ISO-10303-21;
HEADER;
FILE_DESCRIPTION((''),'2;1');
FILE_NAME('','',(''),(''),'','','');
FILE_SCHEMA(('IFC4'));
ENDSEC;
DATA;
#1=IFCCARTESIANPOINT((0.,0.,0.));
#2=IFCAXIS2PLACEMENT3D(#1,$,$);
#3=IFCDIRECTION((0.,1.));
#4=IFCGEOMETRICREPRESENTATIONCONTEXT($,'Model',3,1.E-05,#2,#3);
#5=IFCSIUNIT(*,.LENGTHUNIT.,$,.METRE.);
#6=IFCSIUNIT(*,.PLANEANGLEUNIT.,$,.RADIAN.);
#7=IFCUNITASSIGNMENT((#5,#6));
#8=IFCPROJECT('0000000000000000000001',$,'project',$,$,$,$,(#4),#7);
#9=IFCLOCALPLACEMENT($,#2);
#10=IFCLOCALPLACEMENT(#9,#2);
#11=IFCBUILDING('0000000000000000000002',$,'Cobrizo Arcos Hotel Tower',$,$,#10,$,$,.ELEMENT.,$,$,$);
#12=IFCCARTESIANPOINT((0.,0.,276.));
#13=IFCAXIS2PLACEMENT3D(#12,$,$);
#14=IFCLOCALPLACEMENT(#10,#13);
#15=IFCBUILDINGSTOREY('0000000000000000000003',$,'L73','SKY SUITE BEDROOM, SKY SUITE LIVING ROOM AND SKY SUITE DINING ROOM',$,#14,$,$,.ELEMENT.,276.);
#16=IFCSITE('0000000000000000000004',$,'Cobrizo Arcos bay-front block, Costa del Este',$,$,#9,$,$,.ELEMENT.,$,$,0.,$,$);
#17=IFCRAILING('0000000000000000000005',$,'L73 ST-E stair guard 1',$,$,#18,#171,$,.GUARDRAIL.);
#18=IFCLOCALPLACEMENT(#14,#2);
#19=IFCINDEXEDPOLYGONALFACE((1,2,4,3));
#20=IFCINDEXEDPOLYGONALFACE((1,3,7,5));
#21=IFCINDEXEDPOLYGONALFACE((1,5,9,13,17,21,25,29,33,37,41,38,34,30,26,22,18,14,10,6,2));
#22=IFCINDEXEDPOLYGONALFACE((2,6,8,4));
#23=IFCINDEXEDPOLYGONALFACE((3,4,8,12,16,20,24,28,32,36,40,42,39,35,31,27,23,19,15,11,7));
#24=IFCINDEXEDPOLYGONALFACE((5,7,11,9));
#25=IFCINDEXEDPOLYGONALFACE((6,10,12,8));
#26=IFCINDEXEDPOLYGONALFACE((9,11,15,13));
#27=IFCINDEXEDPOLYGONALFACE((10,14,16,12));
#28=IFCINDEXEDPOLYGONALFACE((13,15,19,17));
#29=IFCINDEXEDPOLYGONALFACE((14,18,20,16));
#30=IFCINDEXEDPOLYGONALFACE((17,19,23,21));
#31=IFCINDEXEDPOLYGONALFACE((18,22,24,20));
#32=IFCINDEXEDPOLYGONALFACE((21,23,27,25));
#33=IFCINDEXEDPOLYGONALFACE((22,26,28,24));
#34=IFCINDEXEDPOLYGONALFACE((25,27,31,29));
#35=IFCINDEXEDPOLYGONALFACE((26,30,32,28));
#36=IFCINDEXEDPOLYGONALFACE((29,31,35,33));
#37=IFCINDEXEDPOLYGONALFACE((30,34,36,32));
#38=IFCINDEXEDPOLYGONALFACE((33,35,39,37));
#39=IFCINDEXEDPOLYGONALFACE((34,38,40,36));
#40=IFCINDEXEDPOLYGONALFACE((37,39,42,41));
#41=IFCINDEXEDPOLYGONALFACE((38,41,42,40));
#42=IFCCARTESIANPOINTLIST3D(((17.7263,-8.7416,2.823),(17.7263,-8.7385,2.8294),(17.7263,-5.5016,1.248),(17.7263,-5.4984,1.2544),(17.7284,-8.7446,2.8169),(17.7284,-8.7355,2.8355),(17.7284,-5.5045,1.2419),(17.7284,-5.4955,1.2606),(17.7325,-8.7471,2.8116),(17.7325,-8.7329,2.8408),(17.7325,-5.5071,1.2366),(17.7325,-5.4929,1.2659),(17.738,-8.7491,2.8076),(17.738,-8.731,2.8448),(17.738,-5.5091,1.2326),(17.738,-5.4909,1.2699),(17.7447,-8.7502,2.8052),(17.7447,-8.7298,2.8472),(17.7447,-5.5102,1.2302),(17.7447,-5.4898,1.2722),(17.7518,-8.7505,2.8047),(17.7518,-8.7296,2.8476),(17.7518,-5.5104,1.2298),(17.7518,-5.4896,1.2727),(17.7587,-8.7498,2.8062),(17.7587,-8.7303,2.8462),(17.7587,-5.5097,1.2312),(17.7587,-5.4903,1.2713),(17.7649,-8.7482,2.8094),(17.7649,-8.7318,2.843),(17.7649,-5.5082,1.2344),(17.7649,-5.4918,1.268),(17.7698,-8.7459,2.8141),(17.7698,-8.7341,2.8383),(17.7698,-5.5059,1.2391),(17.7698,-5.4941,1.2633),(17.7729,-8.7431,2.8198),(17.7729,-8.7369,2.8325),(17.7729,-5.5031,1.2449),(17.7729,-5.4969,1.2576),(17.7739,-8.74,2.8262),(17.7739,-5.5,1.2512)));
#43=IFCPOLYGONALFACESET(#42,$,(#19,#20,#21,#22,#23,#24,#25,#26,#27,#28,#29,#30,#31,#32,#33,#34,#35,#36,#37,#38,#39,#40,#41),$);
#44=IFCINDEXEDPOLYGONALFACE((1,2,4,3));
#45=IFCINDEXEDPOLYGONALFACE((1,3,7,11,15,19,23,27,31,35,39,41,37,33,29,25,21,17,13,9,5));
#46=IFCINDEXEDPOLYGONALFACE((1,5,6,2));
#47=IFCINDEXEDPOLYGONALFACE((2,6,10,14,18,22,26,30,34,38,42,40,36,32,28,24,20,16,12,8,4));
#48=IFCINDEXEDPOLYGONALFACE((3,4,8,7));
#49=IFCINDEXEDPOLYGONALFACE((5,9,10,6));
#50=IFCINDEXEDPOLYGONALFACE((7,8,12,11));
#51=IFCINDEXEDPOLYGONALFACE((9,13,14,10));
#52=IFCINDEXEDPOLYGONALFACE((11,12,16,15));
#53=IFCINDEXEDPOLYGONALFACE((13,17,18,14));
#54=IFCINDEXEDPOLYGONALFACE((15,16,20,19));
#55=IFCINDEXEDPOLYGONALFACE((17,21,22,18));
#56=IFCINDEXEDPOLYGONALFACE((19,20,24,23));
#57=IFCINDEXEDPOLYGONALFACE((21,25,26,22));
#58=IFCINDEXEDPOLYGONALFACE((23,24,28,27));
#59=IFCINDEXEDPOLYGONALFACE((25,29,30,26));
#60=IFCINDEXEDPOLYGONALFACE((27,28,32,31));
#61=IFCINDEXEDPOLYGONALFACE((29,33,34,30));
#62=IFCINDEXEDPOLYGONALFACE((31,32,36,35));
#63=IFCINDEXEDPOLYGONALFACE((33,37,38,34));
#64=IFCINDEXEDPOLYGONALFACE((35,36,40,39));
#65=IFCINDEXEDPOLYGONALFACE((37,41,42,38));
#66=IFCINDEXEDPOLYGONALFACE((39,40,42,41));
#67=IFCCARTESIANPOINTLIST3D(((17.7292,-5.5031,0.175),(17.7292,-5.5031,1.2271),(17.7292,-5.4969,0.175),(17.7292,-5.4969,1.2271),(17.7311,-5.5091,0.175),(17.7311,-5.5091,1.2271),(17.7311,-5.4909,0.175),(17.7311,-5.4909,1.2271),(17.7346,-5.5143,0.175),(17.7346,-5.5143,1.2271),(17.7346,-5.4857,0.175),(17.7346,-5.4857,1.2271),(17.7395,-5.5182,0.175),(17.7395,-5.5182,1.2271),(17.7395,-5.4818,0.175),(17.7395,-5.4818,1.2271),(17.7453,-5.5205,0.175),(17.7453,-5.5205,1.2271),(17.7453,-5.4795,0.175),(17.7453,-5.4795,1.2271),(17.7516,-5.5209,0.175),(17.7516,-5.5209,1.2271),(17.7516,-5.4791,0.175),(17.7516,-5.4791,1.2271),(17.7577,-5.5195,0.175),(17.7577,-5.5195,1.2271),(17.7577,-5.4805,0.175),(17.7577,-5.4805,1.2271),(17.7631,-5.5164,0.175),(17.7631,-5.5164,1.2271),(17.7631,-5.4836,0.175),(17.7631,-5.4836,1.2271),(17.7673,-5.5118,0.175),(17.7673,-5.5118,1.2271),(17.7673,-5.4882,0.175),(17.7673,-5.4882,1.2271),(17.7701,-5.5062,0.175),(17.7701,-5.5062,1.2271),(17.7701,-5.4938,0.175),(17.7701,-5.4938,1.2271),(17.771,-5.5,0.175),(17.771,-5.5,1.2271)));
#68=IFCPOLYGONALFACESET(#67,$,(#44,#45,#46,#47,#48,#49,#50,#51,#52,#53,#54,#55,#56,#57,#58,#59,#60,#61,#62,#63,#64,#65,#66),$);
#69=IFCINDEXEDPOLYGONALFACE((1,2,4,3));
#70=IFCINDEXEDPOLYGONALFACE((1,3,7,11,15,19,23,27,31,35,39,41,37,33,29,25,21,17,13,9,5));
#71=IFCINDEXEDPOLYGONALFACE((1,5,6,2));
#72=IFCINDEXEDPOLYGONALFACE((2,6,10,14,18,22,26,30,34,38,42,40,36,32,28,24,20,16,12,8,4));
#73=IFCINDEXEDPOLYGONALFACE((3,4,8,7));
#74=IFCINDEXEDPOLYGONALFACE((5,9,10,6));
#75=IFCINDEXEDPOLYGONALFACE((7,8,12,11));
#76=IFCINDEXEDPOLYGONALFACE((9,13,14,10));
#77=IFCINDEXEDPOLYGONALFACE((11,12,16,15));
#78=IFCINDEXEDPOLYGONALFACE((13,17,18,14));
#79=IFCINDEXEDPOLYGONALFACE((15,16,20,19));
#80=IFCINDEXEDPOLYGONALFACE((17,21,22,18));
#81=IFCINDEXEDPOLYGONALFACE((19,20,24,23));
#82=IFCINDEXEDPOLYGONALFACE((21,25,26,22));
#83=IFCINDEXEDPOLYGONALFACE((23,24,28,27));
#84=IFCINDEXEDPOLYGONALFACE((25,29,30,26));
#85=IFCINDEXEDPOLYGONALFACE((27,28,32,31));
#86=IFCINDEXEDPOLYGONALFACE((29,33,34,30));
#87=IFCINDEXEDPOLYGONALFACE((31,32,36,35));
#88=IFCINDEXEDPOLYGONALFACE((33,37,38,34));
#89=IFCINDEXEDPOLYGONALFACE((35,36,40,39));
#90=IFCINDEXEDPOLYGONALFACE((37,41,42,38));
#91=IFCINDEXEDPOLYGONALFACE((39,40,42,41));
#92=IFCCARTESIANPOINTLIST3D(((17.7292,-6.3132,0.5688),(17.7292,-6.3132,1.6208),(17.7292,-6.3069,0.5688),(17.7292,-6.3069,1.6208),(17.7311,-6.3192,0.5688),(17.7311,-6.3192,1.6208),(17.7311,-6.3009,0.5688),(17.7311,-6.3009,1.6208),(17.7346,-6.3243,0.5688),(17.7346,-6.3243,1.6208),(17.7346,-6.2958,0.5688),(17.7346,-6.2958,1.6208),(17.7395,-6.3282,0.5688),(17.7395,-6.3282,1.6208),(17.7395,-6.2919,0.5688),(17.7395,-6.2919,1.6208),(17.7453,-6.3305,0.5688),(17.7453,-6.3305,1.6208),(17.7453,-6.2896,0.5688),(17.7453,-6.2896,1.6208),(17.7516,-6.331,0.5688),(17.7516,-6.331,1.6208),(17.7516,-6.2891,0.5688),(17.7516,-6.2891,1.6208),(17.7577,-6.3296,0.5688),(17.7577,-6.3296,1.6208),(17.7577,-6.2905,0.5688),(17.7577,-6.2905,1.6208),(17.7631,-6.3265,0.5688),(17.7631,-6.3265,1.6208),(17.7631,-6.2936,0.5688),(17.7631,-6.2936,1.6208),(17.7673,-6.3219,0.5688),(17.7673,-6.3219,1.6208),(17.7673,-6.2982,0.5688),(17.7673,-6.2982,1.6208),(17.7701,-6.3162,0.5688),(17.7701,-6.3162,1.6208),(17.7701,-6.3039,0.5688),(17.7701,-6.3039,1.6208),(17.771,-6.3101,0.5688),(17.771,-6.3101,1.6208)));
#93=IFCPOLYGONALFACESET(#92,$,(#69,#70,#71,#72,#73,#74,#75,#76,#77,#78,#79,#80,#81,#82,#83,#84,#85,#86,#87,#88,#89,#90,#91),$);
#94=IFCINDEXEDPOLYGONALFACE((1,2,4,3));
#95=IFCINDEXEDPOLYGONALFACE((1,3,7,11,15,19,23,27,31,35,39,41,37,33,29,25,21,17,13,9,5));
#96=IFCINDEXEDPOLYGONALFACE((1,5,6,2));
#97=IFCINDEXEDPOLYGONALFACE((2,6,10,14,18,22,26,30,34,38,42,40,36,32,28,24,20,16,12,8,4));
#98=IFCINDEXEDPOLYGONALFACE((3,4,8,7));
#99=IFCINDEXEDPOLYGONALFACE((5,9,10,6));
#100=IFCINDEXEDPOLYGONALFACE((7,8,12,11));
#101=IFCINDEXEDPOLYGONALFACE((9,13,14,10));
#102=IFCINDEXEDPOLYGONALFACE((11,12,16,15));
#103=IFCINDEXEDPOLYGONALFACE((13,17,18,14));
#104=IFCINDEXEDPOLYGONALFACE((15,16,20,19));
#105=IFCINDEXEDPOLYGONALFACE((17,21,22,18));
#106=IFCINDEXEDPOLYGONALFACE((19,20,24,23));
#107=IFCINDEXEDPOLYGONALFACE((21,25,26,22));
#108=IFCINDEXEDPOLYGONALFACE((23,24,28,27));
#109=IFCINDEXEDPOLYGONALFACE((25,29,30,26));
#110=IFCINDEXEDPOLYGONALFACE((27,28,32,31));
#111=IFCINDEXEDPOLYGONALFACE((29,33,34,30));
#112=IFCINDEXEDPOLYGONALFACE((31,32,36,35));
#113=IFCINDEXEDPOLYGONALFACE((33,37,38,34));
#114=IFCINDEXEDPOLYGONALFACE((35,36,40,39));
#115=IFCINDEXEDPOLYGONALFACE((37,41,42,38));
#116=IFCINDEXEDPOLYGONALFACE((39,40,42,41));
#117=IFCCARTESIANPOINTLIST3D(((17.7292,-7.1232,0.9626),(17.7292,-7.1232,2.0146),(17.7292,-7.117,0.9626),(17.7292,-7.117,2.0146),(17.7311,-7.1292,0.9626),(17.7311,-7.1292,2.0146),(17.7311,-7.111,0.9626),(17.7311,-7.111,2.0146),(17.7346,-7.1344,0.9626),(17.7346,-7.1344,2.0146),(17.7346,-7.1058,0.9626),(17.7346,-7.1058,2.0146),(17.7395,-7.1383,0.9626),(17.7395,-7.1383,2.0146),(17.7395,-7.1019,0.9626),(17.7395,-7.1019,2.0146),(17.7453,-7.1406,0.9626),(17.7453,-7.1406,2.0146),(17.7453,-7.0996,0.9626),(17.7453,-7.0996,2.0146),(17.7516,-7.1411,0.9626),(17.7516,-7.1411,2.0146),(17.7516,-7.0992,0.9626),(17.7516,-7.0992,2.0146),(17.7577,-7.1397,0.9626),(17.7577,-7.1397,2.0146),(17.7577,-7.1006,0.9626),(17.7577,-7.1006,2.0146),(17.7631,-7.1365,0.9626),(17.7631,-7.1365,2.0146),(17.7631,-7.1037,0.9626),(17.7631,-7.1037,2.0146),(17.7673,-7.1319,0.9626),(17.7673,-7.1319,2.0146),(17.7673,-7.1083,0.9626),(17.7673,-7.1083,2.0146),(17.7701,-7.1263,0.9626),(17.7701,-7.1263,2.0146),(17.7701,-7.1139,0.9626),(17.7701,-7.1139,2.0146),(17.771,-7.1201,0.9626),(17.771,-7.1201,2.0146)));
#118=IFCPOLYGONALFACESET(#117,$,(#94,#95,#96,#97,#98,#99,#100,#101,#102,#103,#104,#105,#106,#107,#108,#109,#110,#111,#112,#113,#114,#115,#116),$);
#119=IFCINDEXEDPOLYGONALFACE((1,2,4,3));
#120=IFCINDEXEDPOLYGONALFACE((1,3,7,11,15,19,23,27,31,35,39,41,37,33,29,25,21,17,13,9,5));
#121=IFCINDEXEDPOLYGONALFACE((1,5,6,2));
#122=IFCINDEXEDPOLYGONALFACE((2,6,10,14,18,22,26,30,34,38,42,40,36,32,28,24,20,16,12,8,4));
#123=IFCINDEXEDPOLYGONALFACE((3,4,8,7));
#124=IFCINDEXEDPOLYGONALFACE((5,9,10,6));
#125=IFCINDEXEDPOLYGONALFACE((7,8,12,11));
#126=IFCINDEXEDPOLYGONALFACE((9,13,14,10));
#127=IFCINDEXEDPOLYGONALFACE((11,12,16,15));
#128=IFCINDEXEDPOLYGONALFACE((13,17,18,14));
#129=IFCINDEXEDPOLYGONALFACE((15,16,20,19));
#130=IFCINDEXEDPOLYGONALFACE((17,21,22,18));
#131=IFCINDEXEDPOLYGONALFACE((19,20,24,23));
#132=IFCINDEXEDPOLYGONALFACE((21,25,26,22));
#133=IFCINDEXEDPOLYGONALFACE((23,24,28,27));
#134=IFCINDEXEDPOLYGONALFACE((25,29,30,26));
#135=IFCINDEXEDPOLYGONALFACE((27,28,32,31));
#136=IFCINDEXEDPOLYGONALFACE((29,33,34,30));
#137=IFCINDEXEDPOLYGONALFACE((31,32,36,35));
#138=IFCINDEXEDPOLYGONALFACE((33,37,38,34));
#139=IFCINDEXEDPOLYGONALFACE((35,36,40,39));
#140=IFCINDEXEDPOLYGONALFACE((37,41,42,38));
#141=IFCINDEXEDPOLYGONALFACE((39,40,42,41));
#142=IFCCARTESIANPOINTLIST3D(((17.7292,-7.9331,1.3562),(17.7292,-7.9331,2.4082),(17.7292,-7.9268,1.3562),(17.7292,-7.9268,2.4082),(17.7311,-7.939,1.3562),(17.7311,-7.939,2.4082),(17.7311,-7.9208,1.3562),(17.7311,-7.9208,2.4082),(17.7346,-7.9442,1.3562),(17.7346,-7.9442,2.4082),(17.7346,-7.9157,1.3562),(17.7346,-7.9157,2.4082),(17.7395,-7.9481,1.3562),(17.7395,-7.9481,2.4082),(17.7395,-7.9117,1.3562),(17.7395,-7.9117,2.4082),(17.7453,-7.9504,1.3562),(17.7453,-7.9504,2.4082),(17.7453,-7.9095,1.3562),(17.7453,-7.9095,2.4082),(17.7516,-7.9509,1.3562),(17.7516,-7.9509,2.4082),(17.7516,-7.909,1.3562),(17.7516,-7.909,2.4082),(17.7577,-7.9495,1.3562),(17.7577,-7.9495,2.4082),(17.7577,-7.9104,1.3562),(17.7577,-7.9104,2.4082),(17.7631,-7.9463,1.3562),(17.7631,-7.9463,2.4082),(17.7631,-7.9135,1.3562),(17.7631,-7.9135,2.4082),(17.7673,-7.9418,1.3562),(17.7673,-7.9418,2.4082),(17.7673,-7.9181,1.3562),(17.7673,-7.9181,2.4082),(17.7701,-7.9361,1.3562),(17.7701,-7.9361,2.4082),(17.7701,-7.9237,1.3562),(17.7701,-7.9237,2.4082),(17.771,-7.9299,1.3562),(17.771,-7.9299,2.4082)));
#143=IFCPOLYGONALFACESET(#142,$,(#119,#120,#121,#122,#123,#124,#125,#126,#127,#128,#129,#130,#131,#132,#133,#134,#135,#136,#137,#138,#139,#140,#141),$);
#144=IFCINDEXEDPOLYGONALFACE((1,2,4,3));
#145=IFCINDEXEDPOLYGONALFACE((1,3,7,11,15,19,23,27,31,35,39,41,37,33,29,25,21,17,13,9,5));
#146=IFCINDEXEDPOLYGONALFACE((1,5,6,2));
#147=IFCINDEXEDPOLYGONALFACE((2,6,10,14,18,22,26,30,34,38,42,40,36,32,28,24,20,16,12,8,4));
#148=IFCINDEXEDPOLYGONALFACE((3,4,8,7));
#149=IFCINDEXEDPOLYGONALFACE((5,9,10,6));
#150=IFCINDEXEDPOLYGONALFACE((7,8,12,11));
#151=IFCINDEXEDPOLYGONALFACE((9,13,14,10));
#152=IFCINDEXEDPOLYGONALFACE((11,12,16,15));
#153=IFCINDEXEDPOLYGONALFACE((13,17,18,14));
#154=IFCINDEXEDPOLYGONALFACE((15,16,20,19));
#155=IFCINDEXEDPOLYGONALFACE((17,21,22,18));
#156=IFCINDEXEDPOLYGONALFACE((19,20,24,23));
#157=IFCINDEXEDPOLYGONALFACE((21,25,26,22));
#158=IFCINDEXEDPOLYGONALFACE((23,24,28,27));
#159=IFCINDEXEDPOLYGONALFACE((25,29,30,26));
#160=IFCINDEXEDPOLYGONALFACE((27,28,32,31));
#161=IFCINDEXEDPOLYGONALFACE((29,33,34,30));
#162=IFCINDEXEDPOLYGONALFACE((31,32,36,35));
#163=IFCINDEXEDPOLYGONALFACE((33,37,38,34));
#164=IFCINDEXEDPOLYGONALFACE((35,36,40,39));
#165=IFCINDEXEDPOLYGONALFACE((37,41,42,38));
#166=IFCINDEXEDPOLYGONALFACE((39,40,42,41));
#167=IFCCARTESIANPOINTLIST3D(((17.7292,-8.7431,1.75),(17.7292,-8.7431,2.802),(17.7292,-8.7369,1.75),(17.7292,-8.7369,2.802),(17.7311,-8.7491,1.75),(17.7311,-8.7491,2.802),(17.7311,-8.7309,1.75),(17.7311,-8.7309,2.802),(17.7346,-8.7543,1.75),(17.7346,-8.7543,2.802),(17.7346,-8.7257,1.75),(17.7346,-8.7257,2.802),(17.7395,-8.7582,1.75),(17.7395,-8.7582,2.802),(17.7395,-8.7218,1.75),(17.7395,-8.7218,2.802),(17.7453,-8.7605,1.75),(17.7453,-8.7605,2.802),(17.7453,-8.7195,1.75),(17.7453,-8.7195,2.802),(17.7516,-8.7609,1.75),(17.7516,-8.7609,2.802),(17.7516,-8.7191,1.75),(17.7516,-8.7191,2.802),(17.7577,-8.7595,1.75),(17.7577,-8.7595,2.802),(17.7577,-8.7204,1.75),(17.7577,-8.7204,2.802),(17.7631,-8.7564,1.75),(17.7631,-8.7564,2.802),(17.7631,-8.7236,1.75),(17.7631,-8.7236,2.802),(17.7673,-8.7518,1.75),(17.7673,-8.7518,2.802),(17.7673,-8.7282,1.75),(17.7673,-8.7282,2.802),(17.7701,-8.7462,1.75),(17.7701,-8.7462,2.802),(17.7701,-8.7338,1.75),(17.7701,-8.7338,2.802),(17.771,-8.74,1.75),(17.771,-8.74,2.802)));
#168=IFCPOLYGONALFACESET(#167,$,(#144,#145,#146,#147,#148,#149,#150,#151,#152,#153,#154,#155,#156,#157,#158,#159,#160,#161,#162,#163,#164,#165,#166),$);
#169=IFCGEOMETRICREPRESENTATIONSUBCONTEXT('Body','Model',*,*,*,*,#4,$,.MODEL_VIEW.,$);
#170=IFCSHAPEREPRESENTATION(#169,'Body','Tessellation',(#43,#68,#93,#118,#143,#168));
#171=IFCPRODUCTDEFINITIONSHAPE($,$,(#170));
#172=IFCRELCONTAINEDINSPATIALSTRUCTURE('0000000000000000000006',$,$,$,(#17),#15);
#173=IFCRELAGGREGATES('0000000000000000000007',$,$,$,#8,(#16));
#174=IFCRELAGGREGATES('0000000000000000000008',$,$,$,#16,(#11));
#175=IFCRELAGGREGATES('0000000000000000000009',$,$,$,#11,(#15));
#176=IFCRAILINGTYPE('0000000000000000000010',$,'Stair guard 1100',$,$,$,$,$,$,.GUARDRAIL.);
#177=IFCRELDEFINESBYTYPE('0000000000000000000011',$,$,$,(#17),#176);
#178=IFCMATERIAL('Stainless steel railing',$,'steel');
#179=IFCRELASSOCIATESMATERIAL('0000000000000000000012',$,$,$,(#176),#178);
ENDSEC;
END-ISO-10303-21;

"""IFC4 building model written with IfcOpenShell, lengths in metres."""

from ifc_helpers import new_model, si_unit, direction, frame, origin, origin_2d, place, context, subcontext, project, spatial, circle, extrude, material, type_object, element, save


model = new_model("IFC4")

# Units and contexts
model_context = context("Model", 3, precision=1e-05, world=origin(), true_north=direction((0.0, 1.0)))
body_context = subcontext(model_context, "Body", "Model", "MODEL_VIEW")
ifc_project = project(units=[si_unit("LENGTHUNIT", "METRE"), si_unit("PLANEANGLEUNIT", "RADIAN")], contexts=[model_context])

# Site, building, storey
site_placement = place(None, origin())
site = spatial("IfcSite", under=ifc_project, at=site_placement, Name="Cobrizo Arcos bay-front block, Costa del Este", CompositionType="ELEMENT", RefElevation=0.0)
building_placement = place(site_placement, origin())
building = spatial("IfcBuilding", under=site, at=building_placement, Name="Cobrizo Arcos Hotel Tower", CompositionType="ELEMENT")
storey_placement = place(building_placement, frame((0.0, 0.0, 276.0)))
storey = spatial("IfcBuildingStorey", under=building, at=storey_placement, Name="L73", Description="SKY SUITE BEDROOM, SKY SUITE LIVING ROOM AND SKY SUITE DINING ROOM", CompositionType="ELEMENT", Elevation=276.0)

# Railing
ifc_material_1 = material(Name="Stainless steel railing", Category="steel")
railing_type_1 = type_object("IfcRailingType", Name="Stair guard 1100", PredefinedType="GUARDRAIL", material=ifc_material_1)
railing_1_placement = place(storey_placement, frame((17.75, -5.5, 0.175)))
element("IfcRailing", 1, at=railing_1_placement, inside=storey, type_object=railing_type_1, Name="L73 ST-E stair guard 1", PredefinedType="GUARDRAIL", context=body_context, shape_type="SweptSolid", body=[
    extrude(circle(Radius=0.0239, at=origin_2d()), frame((0.0, 0.0, 1.0762), z_axis=(0.0, -0.899373, 0.437183), x_axis=(1.0, 0.0, 0.0)), (0.0, 0.0, 1.0), 3.6025),
    extrude(circle(Radius=0.021, at=origin_2d()), origin(), (0.0, 0.0, 1.0), 1.052),
    extrude(circle(Radius=0.021, at=origin_2d()), frame((0.0, -0.8101, 0.3938)), (0.0, 0.0, 1.0), 1.052),
    extrude(circle(Radius=0.021, at=origin_2d()), frame((0.0, -1.6201, 0.7876)), (0.0, 0.0, 1.0), 1.052),
    extrude(circle(Radius=0.021, at=origin_2d()), frame((0.0, -2.4299, 1.1812)), (0.0, 0.0, 1.0), 1.052),
    extrude(circle(Radius=0.021, at=origin_2d()), frame((0.0, -3.24, 1.575)), (0.0, 0.0, 1.0), 1.052),
])

save(model, "model.ifc")
